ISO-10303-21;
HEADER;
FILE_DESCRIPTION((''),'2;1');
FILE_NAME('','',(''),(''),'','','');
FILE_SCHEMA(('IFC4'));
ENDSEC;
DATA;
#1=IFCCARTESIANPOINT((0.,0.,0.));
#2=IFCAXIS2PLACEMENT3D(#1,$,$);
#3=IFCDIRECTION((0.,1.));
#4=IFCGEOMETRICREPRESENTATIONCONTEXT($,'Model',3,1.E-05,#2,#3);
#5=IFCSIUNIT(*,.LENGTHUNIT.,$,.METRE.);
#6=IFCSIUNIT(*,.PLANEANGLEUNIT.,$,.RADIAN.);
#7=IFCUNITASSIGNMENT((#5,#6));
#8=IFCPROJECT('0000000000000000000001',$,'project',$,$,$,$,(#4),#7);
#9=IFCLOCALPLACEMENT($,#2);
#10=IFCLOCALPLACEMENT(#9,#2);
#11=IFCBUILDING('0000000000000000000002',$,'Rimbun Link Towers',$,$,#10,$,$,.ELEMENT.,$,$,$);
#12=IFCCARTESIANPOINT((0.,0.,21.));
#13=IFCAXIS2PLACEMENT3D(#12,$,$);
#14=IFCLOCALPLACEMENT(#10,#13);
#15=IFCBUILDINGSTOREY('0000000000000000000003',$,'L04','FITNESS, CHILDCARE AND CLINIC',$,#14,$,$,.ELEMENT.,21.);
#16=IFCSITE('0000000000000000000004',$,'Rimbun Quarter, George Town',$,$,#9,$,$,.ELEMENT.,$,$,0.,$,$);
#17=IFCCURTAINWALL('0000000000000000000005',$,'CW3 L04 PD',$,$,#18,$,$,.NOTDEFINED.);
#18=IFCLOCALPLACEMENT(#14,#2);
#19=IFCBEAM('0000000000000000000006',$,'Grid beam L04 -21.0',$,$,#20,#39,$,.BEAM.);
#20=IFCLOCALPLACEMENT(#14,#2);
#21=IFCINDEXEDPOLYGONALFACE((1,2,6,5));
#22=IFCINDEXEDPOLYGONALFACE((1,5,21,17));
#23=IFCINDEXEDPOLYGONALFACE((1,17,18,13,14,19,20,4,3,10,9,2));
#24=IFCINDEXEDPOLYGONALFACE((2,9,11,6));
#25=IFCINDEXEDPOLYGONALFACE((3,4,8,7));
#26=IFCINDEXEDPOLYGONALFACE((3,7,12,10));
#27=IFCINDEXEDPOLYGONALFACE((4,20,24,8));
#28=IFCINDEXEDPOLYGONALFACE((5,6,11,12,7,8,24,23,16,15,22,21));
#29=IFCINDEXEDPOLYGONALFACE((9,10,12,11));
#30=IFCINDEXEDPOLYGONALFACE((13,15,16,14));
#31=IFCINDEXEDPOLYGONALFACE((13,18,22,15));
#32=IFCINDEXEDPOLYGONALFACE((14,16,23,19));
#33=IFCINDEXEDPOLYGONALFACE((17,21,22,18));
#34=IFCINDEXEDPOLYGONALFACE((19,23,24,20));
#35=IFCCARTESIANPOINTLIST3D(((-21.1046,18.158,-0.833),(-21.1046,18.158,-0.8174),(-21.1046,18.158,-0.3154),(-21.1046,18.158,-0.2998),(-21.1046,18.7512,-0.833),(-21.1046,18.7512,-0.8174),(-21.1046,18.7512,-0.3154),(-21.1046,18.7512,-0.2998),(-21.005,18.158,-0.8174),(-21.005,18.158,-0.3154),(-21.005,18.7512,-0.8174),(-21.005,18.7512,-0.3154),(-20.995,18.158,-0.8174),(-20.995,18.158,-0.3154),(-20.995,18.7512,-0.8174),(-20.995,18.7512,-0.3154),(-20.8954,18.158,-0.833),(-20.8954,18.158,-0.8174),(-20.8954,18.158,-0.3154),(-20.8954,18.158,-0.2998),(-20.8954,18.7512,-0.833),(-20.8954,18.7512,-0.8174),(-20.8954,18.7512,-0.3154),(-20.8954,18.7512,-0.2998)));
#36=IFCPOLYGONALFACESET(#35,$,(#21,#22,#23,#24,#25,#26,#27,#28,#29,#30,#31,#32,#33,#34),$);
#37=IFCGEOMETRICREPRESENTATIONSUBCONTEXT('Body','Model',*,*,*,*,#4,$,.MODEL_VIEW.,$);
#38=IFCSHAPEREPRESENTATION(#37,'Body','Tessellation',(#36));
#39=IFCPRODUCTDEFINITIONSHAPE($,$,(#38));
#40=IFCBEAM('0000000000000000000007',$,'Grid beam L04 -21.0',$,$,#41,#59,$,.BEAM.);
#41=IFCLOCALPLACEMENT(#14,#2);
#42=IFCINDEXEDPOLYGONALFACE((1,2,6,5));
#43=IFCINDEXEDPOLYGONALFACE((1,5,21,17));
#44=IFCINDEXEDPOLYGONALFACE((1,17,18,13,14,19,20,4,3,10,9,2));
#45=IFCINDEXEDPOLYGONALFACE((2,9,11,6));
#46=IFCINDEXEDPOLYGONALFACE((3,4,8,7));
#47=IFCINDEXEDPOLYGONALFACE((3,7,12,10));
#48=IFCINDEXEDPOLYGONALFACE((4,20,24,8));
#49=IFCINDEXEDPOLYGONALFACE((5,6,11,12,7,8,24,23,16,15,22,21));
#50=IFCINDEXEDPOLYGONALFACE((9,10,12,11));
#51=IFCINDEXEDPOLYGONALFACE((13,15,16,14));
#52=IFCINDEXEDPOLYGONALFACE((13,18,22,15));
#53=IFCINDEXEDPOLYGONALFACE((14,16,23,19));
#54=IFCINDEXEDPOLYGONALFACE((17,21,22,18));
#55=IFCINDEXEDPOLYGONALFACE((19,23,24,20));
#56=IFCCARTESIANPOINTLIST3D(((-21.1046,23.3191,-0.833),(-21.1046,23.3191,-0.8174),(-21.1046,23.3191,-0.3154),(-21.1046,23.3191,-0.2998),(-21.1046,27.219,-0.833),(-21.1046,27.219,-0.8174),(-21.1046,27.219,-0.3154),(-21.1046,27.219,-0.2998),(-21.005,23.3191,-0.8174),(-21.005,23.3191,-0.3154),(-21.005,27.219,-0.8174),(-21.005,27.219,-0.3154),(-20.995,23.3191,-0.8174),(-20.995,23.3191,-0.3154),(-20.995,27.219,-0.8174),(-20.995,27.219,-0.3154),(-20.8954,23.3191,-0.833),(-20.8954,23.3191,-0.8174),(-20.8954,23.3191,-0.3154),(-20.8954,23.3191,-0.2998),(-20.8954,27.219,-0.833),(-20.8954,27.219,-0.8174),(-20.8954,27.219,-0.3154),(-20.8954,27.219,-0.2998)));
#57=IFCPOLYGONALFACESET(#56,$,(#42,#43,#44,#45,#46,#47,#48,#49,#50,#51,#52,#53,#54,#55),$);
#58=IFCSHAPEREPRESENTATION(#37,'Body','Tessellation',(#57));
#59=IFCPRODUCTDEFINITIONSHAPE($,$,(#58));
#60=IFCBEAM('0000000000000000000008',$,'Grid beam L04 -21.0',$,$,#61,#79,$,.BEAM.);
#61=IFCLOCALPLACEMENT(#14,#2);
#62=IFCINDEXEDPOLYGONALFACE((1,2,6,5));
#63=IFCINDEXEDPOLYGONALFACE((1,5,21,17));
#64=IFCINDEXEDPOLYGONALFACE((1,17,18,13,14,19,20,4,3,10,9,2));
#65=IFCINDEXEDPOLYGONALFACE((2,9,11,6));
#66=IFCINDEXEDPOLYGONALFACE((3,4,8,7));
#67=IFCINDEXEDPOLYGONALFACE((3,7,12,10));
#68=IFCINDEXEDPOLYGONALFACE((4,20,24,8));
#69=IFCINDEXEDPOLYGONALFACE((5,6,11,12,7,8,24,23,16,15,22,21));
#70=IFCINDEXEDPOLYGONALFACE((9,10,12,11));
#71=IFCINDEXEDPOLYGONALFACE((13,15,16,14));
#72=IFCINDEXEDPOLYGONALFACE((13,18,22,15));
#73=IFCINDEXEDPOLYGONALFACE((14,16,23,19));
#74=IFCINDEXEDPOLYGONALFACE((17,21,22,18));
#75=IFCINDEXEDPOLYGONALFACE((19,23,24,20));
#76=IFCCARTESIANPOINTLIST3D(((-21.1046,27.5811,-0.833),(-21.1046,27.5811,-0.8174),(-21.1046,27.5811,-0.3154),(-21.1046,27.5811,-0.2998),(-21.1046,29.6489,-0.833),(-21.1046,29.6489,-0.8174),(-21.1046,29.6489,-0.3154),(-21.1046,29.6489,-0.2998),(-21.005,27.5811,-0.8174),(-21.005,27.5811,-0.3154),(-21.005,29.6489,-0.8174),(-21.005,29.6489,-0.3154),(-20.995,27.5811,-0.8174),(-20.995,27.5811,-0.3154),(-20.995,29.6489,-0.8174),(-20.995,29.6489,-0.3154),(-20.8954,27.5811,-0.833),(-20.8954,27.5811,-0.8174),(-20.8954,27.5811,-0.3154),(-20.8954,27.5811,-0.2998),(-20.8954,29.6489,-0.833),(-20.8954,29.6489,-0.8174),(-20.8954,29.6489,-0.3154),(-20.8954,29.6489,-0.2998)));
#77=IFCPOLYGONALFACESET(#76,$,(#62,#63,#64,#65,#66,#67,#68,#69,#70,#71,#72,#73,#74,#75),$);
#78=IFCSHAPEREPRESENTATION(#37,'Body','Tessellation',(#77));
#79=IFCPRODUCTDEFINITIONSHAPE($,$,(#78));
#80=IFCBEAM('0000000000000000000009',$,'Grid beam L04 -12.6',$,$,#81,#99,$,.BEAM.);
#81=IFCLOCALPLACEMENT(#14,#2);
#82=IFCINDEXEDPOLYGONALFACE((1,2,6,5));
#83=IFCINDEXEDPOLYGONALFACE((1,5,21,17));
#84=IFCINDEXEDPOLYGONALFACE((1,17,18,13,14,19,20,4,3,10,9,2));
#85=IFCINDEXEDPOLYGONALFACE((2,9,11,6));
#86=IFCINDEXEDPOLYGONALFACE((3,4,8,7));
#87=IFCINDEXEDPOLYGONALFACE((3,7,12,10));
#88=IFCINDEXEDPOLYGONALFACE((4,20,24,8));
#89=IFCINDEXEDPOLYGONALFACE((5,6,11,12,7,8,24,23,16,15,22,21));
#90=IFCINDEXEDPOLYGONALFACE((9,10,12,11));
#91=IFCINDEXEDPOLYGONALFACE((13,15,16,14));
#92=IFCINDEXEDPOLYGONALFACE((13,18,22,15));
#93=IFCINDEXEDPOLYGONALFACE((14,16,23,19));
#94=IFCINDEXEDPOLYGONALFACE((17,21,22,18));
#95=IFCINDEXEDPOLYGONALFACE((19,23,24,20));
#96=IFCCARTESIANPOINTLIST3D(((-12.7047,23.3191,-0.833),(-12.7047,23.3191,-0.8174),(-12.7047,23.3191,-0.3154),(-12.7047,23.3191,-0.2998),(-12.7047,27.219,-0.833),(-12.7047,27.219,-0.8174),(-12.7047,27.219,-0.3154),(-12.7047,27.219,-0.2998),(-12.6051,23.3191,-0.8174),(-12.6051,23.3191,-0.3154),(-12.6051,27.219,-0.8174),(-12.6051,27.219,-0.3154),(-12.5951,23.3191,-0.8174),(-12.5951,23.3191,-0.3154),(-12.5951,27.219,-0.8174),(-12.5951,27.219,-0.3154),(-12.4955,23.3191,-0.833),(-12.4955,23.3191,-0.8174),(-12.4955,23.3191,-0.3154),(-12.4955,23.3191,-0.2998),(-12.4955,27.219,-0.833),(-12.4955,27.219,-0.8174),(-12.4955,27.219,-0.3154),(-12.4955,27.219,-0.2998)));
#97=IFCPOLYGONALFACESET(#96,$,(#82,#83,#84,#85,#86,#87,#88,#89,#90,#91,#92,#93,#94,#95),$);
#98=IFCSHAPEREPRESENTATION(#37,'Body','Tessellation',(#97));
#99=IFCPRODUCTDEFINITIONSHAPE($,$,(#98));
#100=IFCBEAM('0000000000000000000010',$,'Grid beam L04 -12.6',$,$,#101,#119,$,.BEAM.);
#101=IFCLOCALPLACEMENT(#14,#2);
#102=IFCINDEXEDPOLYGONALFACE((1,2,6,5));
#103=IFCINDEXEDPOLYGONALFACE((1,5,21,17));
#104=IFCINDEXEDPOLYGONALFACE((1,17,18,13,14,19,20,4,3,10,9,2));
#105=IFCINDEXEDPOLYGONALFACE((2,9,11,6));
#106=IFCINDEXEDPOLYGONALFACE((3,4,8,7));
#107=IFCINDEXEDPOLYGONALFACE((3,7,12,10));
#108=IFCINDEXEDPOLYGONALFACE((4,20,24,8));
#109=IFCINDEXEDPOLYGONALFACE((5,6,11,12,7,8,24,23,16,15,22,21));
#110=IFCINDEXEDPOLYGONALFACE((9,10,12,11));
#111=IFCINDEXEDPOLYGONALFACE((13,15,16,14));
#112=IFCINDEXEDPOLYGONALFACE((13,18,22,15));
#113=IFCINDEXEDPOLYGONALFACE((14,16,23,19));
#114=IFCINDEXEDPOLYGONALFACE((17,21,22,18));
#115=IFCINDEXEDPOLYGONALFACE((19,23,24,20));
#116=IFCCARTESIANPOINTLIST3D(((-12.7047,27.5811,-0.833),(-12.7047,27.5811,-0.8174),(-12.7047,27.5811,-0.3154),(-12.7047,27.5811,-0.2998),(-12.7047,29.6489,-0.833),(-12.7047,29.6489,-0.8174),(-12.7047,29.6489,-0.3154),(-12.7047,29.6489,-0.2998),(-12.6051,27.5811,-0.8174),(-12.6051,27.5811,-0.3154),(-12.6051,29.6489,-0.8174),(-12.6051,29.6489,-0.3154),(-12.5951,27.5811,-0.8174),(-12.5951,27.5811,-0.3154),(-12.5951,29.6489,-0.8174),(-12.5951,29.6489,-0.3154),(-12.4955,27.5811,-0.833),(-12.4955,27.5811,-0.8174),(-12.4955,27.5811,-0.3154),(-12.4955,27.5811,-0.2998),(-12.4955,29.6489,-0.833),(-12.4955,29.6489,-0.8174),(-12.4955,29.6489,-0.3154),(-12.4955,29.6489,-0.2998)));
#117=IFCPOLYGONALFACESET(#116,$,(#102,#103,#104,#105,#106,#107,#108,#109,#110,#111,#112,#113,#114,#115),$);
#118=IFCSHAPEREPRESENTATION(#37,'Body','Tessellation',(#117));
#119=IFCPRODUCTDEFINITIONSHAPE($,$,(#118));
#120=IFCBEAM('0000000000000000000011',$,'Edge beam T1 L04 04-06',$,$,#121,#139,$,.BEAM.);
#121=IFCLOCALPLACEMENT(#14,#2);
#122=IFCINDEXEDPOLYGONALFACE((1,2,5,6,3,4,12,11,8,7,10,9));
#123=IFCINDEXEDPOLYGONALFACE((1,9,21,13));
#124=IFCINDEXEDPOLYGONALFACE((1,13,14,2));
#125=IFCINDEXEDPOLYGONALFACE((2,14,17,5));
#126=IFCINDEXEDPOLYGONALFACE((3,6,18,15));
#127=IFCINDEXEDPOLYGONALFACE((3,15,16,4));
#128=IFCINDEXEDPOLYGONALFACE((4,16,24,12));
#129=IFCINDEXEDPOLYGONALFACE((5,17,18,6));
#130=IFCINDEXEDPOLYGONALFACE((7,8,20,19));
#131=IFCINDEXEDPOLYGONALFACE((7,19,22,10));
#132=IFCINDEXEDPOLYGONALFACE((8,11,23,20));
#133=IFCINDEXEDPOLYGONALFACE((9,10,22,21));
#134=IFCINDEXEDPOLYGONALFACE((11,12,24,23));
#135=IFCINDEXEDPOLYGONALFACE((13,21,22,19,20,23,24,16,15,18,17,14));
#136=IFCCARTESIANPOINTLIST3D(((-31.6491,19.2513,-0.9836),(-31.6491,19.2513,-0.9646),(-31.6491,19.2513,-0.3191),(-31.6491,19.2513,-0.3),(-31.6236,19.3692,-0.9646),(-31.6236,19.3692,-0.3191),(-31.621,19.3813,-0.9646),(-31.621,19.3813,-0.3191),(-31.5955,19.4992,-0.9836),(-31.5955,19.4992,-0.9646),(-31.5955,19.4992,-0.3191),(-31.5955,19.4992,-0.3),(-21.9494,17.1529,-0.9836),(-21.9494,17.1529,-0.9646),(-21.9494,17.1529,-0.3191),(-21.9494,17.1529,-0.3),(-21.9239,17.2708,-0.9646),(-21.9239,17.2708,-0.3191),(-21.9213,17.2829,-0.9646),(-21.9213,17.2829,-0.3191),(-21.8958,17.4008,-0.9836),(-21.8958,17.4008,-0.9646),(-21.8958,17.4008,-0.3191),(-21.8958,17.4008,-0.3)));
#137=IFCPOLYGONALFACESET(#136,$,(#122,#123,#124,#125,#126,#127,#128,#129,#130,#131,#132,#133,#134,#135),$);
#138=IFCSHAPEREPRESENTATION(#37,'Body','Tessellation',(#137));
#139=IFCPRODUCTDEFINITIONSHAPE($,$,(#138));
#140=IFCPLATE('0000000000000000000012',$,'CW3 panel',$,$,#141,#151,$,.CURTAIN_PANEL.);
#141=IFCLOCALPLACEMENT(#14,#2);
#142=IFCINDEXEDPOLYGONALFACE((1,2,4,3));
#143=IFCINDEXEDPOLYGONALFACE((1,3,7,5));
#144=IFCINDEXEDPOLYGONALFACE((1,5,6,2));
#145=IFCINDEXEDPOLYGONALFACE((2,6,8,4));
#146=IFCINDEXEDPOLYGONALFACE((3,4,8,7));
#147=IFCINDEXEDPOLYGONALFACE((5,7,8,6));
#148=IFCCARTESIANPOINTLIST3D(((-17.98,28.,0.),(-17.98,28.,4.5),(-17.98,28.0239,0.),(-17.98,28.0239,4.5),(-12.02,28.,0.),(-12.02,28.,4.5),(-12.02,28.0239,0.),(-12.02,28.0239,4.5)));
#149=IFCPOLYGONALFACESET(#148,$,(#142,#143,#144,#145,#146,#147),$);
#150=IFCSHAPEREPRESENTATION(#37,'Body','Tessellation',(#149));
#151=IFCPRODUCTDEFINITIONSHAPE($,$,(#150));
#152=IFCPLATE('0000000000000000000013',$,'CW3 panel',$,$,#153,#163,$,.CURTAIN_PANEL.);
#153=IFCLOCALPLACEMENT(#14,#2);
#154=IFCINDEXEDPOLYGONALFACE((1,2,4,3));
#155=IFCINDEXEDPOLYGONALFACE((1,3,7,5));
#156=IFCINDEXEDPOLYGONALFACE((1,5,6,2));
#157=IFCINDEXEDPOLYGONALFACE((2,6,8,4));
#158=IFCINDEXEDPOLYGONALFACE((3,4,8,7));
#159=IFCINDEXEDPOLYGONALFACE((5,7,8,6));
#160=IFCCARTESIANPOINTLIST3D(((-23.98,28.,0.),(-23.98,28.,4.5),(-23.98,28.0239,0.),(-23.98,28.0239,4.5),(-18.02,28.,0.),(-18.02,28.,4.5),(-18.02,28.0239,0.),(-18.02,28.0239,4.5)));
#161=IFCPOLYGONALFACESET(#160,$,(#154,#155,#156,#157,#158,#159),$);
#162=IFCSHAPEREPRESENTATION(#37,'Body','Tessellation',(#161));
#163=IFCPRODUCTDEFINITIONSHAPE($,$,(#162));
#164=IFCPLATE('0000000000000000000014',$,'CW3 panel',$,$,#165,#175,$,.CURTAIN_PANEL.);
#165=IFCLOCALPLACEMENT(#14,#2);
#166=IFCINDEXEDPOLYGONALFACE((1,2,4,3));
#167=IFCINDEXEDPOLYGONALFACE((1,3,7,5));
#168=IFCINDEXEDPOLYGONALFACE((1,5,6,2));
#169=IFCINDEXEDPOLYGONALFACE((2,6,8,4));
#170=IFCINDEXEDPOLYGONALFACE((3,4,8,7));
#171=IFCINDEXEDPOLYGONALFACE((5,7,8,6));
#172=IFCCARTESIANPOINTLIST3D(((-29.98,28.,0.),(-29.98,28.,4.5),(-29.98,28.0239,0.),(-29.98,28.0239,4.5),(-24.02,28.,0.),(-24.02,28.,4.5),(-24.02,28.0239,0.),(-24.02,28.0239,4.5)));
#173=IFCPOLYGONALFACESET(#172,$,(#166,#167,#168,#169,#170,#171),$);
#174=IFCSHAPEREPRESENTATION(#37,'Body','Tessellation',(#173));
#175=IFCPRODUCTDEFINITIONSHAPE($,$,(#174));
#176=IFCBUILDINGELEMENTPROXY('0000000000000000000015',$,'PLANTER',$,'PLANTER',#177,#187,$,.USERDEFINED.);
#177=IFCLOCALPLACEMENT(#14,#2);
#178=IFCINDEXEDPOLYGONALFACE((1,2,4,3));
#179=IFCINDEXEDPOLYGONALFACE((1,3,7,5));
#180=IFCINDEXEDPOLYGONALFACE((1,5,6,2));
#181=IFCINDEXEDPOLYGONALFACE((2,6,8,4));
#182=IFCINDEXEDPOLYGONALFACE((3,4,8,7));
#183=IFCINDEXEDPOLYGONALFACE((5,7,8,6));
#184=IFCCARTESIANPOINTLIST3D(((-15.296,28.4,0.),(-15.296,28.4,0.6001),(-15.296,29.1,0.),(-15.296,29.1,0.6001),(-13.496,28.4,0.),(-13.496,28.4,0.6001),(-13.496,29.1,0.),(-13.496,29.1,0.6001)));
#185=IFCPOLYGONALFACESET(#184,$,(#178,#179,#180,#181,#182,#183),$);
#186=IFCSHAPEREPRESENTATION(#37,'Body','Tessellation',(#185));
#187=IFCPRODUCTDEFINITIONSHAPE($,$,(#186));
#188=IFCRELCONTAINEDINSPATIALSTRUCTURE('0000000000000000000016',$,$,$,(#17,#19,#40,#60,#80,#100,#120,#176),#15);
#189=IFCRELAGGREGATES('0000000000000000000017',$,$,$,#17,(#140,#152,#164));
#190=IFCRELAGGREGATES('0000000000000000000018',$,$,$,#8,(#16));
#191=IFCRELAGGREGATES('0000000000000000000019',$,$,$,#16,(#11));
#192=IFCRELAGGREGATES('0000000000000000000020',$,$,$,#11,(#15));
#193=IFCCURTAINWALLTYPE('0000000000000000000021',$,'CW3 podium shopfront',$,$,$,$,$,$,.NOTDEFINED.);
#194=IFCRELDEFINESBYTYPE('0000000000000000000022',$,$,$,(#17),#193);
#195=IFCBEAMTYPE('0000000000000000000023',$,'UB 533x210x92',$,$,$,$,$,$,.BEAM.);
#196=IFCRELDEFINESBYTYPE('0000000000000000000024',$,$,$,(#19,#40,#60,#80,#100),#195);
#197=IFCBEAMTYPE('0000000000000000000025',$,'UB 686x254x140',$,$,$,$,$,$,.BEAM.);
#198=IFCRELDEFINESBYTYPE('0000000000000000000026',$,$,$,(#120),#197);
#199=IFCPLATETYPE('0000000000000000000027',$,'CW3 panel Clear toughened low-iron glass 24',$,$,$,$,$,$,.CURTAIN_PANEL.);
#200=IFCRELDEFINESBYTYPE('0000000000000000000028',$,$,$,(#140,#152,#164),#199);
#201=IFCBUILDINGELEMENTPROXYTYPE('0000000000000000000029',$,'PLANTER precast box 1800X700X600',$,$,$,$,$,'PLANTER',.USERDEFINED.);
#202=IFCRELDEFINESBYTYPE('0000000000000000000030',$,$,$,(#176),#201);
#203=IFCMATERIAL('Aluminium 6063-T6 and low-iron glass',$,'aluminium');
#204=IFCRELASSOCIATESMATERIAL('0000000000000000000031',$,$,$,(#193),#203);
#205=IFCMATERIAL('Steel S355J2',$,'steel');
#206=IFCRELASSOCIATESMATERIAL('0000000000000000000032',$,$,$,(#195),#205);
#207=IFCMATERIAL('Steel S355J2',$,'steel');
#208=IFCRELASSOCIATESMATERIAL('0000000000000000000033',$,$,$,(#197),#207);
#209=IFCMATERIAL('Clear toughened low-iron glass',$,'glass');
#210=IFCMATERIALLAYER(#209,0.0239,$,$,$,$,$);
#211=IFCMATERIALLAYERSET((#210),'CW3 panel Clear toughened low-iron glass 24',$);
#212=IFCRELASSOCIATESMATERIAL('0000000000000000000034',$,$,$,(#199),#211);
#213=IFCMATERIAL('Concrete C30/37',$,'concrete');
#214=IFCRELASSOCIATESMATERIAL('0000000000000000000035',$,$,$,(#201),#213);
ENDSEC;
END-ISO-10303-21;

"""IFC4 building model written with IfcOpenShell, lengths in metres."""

from ifc_helpers import new_model, si_unit, direction, frame, origin, origin_2d, place, context, subcontext, project, spatial, rectangle, i_section, extrude, material, layer, layer_set, material_profile, profile_set, type_object, element, aggregate, save


model = new_model("IFC4")

# Units and contexts
model_context = context("Model", 3, precision=1e-05, world=origin(), true_north=direction((0.0, 1.0)))
body_context = subcontext(model_context, "Body", "Model", "MODEL_VIEW")
ifc_project = project(units=[si_unit("LENGTHUNIT", "METRE"), si_unit("PLANEANGLEUNIT", "RADIAN")], contexts=[model_context])

# Site, building, storey
site_placement = place(None, origin())
site = spatial("IfcSite", under=ifc_project, at=site_placement, Name="Rimbun Quarter, George Town", CompositionType="ELEMENT", RefElevation=0.0)
building_placement = place(site_placement, origin())
building = spatial("IfcBuilding", under=site, at=building_placement, Name="Rimbun Link Towers", CompositionType="ELEMENT")
storey_placement = place(building_placement, frame((0.0, 0.0, 21.0)))
storey = spatial("IfcBuildingStorey", under=building, at=storey_placement, Name="L04", Description="FITNESS, CHILDCARE AND CLINIC", CompositionType="ELEMENT", Elevation=21.0)

# Curtain wall
ifc_material_1 = material(Name="Aluminium 6063-T6 and low-iron glass", Category="aluminium")
curtain_wall_type = type_object("IfcCurtainWallType", Name="CW3 podium shopfront", PredefinedType="NOTDEFINED", material=ifc_material_1)
curtain_wall_placement = place(storey_placement, origin())
curtain_wall = element("IfcCurtainWall", 1, at=curtain_wall_placement, inside=storey, type_object=curtain_wall_type, Name="CW3 L04 PD", PredefinedType="NOTDEFINED")

# Beams
ifc_material_2 = material(Name="Steel S355J2", Category="steel")
ifc_material_profile_1 = material_profile(ifc_material_2, i_section(OverallWidth=0.2092, OverallDepth=0.5332, WebThickness=0.01, FlangeThickness=0.0156, at=origin_2d()), Name="UB 533x210x92")
ifc_profile_set_1 = profile_set([ifc_material_profile_1], Name="Steel S355J2")
beam_type_1 = type_object("IfcBeamType", Name="UB 533x210x92", PredefinedType="BEAM", material=ifc_profile_set_1)
beam_1_placement = place(storey_placement, frame((-21.0, 18.158, -0.5664), z_axis=(0.0, 1.0, 0.0), x_axis=(-1.0, 0.0, 0.0)))
element("IfcBeam", 2, at=beam_1_placement, inside=storey, type_object=beam_type_1, Name="Grid beam L04 -21.0", PredefinedType="BEAM", context=body_context, shape_type="SweptSolid", body=[
    extrude(i_section(OverallWidth=0.2092, OverallDepth=0.5332, WebThickness=0.01, FlangeThickness=0.0156, at=origin_2d()), origin(), (0.0, 0.0, 1.0), 0.5933),
])
beam_2_placement = place(storey_placement, frame((-21.0, 23.3191, -0.5664), z_axis=(0.0, 1.0, 0.0), x_axis=(-1.0, 0.0, 0.0)))
element("IfcBeam", 3, at=beam_2_placement, inside=storey, type_object=beam_type_1, Name="Grid beam L04 -21.0", PredefinedType="BEAM", context=body_context, shape_type="SweptSolid", body=[
    extrude(i_section(OverallWidth=0.2092, OverallDepth=0.5332, WebThickness=0.01, FlangeThickness=0.0156, at=origin_2d()), origin(), (0.0, 0.0, 1.0), 3.8999),
])
beam_3_placement = place(storey_placement, frame((-21.0, 27.5811, -0.5664), z_axis=(0.0, 1.0, 0.0), x_axis=(-1.0, 0.0, 0.0)))
element("IfcBeam", 4, at=beam_3_placement, inside=storey, type_object=beam_type_1, Name="Grid beam L04 -21.0", PredefinedType="BEAM", context=body_context, shape_type="SweptSolid", body=[
    extrude(i_section(OverallWidth=0.2092, OverallDepth=0.5332, WebThickness=0.01, FlangeThickness=0.0156, at=origin_2d()), origin(), (0.0, 0.0, 1.0), 2.0679),
])
beam_4_placement = place(storey_placement, frame((-12.6001, 23.3191, -0.5664), z_axis=(0.0, 1.0, 0.0), x_axis=(-1.0, 0.0, 0.0)))
element("IfcBeam", 5, at=beam_4_placement, inside=storey, type_object=beam_type_1, Name="Grid beam L04 -12.6", PredefinedType="BEAM", context=body_context, shape_type="SweptSolid", body=[
    extrude(i_section(OverallWidth=0.2092, OverallDepth=0.5332, WebThickness=0.01, FlangeThickness=0.0156, at=origin_2d()), origin(), (0.0, 0.0, 1.0), 3.8999),
])
beam_5_placement = place(storey_placement, frame((-12.6001, 27.5811, -0.5664), z_axis=(0.0, 1.0, 0.0), x_axis=(-1.0, 0.0, 0.0)))
element("IfcBeam", 6, at=beam_5_placement, inside=storey, type_object=beam_type_1, Name="Grid beam L04 -12.6", PredefinedType="BEAM", context=body_context, shape_type="SweptSolid", body=[
    extrude(i_section(OverallWidth=0.2092, OverallDepth=0.5332, WebThickness=0.01, FlangeThickness=0.0156, at=origin_2d()), origin(), (0.0, 0.0, 1.0), 2.0679),
])
ifc_material_3 = material(Name="Steel S355J2", Category="steel")
ifc_material_profile_2 = material_profile(ifc_material_3, i_section(OverallWidth=0.2537, OverallDepth=0.6836, WebThickness=0.0125, FlangeThickness=0.019, at=origin_2d()), Name="UB 686x254x140")
ifc_profile_set_2 = profile_set([ifc_material_profile_2], Name="Steel S355J2")
beam_type_2 = type_object("IfcBeamType", Name="UB 686x254x140", PredefinedType="BEAM", material=ifc_profile_set_2)
beam_6_placement = place(storey_placement, frame((-21.9226, 17.2769, -0.6418), z_axis=(-0.97739, 0.211444, 0.0), x_axis=(-0.211444, -0.97739, 0.0)))
element("IfcBeam", 7, at=beam_6_placement, inside=storey, type_object=beam_type_2, Name="Edge beam T1 L04 04-06", PredefinedType="BEAM", context=body_context, shape_type="SweptSolid", body=[
    extrude(i_section(OverallWidth=0.2537, OverallDepth=0.6836, WebThickness=0.0125, FlangeThickness=0.019, at=origin_2d()), origin(), (0.0, 0.0, 1.0), 9.9241),
])

# Plates
ifc_material_4 = material(Name="Clear toughened low-iron glass", Category="glass")
ifc_layer = layer(ifc_material_4, 0.0239)
ifc_layer_set = layer_set([ifc_layer], Name="CW3 panel Clear toughened low-iron glass 24")
plate_type = type_object("IfcPlateType", Name="CW3 panel Clear toughened low-iron glass 24", PredefinedType="CURTAIN_PANEL", material=ifc_layer_set)
plate_1_placement = place(storey_placement, frame((-15.0, 28.012, 0.0), z_axis=(0.0, 0.0, 1.0), x_axis=(1.0, 0.0, 0.0)))
plate_1 = element("IfcPlate", 8, at=plate_1_placement, type_object=plate_type, Name="CW3 panel", PredefinedType="CURTAIN_PANEL", context=body_context, shape_type="SweptSolid", body=[
    extrude(rectangle(XDim=5.96, YDim=0.0239, at=origin_2d()), origin(), (0.0, 0.0, 1.0), 4.5),
])
plate_2_placement = place(storey_placement, frame((-21.0, 28.012, 0.0), z_axis=(0.0, 0.0, 1.0), x_axis=(1.0, 0.0, 0.0)))
plate_2 = element("IfcPlate", 9, at=plate_2_placement, type_object=plate_type, Name="CW3 panel", PredefinedType="CURTAIN_PANEL", context=body_context, shape_type="SweptSolid", body=[
    extrude(rectangle(XDim=5.96, YDim=0.0239, at=origin_2d()), origin(), (0.0, 0.0, 1.0), 4.5),
])
plate_3_placement = place(storey_placement, frame((-27.0, 28.012, 0.0), z_axis=(0.0, 0.0, 1.0), x_axis=(1.0, 0.0, 0.0)))
plate_3 = element("IfcPlate", 10, at=plate_3_placement, type_object=plate_type, Name="CW3 panel", PredefinedType="CURTAIN_PANEL", context=body_context, shape_type="SweptSolid", body=[
    extrude(rectangle(XDim=5.96, YDim=0.0239, at=origin_2d()), origin(), (0.0, 0.0, 1.0), 4.5),
])
aggregate(curtain_wall, [plate_1, plate_2, plate_3])

# Building element proxy
ifc_material_5 = material(Name="Concrete C30/37", Category="concrete")
building_element_proxy_type = type_object("IfcBuildingElementProxyType", Name="PLANTER precast box 1800X700X600", ElementType="PLANTER", PredefinedType="USERDEFINED", material=ifc_material_5)
for number, where, z_axis, x_axis, name in (
    (11, (-14.396, 28.75, 0.0), (0.0, 0.0, 1.0), (-1.0, 0.0, 0.0), "PLANTER"),
):
    element("IfcBuildingElementProxy", number, at=place(storey_placement, frame(where, z_axis=z_axis, x_axis=x_axis)), inside=storey, type_object=building_element_proxy_type, Name=name, ObjectType="PLANTER", PredefinedType="USERDEFINED", context=body_context, shape_type="SweptSolid", body=[
        extrude(rectangle(XDim=1.8, YDim=0.7, at=origin_2d()), origin(), (0.0, 0.0, 1.0), 0.6001),
    ])

save(model, "model.ifc")
